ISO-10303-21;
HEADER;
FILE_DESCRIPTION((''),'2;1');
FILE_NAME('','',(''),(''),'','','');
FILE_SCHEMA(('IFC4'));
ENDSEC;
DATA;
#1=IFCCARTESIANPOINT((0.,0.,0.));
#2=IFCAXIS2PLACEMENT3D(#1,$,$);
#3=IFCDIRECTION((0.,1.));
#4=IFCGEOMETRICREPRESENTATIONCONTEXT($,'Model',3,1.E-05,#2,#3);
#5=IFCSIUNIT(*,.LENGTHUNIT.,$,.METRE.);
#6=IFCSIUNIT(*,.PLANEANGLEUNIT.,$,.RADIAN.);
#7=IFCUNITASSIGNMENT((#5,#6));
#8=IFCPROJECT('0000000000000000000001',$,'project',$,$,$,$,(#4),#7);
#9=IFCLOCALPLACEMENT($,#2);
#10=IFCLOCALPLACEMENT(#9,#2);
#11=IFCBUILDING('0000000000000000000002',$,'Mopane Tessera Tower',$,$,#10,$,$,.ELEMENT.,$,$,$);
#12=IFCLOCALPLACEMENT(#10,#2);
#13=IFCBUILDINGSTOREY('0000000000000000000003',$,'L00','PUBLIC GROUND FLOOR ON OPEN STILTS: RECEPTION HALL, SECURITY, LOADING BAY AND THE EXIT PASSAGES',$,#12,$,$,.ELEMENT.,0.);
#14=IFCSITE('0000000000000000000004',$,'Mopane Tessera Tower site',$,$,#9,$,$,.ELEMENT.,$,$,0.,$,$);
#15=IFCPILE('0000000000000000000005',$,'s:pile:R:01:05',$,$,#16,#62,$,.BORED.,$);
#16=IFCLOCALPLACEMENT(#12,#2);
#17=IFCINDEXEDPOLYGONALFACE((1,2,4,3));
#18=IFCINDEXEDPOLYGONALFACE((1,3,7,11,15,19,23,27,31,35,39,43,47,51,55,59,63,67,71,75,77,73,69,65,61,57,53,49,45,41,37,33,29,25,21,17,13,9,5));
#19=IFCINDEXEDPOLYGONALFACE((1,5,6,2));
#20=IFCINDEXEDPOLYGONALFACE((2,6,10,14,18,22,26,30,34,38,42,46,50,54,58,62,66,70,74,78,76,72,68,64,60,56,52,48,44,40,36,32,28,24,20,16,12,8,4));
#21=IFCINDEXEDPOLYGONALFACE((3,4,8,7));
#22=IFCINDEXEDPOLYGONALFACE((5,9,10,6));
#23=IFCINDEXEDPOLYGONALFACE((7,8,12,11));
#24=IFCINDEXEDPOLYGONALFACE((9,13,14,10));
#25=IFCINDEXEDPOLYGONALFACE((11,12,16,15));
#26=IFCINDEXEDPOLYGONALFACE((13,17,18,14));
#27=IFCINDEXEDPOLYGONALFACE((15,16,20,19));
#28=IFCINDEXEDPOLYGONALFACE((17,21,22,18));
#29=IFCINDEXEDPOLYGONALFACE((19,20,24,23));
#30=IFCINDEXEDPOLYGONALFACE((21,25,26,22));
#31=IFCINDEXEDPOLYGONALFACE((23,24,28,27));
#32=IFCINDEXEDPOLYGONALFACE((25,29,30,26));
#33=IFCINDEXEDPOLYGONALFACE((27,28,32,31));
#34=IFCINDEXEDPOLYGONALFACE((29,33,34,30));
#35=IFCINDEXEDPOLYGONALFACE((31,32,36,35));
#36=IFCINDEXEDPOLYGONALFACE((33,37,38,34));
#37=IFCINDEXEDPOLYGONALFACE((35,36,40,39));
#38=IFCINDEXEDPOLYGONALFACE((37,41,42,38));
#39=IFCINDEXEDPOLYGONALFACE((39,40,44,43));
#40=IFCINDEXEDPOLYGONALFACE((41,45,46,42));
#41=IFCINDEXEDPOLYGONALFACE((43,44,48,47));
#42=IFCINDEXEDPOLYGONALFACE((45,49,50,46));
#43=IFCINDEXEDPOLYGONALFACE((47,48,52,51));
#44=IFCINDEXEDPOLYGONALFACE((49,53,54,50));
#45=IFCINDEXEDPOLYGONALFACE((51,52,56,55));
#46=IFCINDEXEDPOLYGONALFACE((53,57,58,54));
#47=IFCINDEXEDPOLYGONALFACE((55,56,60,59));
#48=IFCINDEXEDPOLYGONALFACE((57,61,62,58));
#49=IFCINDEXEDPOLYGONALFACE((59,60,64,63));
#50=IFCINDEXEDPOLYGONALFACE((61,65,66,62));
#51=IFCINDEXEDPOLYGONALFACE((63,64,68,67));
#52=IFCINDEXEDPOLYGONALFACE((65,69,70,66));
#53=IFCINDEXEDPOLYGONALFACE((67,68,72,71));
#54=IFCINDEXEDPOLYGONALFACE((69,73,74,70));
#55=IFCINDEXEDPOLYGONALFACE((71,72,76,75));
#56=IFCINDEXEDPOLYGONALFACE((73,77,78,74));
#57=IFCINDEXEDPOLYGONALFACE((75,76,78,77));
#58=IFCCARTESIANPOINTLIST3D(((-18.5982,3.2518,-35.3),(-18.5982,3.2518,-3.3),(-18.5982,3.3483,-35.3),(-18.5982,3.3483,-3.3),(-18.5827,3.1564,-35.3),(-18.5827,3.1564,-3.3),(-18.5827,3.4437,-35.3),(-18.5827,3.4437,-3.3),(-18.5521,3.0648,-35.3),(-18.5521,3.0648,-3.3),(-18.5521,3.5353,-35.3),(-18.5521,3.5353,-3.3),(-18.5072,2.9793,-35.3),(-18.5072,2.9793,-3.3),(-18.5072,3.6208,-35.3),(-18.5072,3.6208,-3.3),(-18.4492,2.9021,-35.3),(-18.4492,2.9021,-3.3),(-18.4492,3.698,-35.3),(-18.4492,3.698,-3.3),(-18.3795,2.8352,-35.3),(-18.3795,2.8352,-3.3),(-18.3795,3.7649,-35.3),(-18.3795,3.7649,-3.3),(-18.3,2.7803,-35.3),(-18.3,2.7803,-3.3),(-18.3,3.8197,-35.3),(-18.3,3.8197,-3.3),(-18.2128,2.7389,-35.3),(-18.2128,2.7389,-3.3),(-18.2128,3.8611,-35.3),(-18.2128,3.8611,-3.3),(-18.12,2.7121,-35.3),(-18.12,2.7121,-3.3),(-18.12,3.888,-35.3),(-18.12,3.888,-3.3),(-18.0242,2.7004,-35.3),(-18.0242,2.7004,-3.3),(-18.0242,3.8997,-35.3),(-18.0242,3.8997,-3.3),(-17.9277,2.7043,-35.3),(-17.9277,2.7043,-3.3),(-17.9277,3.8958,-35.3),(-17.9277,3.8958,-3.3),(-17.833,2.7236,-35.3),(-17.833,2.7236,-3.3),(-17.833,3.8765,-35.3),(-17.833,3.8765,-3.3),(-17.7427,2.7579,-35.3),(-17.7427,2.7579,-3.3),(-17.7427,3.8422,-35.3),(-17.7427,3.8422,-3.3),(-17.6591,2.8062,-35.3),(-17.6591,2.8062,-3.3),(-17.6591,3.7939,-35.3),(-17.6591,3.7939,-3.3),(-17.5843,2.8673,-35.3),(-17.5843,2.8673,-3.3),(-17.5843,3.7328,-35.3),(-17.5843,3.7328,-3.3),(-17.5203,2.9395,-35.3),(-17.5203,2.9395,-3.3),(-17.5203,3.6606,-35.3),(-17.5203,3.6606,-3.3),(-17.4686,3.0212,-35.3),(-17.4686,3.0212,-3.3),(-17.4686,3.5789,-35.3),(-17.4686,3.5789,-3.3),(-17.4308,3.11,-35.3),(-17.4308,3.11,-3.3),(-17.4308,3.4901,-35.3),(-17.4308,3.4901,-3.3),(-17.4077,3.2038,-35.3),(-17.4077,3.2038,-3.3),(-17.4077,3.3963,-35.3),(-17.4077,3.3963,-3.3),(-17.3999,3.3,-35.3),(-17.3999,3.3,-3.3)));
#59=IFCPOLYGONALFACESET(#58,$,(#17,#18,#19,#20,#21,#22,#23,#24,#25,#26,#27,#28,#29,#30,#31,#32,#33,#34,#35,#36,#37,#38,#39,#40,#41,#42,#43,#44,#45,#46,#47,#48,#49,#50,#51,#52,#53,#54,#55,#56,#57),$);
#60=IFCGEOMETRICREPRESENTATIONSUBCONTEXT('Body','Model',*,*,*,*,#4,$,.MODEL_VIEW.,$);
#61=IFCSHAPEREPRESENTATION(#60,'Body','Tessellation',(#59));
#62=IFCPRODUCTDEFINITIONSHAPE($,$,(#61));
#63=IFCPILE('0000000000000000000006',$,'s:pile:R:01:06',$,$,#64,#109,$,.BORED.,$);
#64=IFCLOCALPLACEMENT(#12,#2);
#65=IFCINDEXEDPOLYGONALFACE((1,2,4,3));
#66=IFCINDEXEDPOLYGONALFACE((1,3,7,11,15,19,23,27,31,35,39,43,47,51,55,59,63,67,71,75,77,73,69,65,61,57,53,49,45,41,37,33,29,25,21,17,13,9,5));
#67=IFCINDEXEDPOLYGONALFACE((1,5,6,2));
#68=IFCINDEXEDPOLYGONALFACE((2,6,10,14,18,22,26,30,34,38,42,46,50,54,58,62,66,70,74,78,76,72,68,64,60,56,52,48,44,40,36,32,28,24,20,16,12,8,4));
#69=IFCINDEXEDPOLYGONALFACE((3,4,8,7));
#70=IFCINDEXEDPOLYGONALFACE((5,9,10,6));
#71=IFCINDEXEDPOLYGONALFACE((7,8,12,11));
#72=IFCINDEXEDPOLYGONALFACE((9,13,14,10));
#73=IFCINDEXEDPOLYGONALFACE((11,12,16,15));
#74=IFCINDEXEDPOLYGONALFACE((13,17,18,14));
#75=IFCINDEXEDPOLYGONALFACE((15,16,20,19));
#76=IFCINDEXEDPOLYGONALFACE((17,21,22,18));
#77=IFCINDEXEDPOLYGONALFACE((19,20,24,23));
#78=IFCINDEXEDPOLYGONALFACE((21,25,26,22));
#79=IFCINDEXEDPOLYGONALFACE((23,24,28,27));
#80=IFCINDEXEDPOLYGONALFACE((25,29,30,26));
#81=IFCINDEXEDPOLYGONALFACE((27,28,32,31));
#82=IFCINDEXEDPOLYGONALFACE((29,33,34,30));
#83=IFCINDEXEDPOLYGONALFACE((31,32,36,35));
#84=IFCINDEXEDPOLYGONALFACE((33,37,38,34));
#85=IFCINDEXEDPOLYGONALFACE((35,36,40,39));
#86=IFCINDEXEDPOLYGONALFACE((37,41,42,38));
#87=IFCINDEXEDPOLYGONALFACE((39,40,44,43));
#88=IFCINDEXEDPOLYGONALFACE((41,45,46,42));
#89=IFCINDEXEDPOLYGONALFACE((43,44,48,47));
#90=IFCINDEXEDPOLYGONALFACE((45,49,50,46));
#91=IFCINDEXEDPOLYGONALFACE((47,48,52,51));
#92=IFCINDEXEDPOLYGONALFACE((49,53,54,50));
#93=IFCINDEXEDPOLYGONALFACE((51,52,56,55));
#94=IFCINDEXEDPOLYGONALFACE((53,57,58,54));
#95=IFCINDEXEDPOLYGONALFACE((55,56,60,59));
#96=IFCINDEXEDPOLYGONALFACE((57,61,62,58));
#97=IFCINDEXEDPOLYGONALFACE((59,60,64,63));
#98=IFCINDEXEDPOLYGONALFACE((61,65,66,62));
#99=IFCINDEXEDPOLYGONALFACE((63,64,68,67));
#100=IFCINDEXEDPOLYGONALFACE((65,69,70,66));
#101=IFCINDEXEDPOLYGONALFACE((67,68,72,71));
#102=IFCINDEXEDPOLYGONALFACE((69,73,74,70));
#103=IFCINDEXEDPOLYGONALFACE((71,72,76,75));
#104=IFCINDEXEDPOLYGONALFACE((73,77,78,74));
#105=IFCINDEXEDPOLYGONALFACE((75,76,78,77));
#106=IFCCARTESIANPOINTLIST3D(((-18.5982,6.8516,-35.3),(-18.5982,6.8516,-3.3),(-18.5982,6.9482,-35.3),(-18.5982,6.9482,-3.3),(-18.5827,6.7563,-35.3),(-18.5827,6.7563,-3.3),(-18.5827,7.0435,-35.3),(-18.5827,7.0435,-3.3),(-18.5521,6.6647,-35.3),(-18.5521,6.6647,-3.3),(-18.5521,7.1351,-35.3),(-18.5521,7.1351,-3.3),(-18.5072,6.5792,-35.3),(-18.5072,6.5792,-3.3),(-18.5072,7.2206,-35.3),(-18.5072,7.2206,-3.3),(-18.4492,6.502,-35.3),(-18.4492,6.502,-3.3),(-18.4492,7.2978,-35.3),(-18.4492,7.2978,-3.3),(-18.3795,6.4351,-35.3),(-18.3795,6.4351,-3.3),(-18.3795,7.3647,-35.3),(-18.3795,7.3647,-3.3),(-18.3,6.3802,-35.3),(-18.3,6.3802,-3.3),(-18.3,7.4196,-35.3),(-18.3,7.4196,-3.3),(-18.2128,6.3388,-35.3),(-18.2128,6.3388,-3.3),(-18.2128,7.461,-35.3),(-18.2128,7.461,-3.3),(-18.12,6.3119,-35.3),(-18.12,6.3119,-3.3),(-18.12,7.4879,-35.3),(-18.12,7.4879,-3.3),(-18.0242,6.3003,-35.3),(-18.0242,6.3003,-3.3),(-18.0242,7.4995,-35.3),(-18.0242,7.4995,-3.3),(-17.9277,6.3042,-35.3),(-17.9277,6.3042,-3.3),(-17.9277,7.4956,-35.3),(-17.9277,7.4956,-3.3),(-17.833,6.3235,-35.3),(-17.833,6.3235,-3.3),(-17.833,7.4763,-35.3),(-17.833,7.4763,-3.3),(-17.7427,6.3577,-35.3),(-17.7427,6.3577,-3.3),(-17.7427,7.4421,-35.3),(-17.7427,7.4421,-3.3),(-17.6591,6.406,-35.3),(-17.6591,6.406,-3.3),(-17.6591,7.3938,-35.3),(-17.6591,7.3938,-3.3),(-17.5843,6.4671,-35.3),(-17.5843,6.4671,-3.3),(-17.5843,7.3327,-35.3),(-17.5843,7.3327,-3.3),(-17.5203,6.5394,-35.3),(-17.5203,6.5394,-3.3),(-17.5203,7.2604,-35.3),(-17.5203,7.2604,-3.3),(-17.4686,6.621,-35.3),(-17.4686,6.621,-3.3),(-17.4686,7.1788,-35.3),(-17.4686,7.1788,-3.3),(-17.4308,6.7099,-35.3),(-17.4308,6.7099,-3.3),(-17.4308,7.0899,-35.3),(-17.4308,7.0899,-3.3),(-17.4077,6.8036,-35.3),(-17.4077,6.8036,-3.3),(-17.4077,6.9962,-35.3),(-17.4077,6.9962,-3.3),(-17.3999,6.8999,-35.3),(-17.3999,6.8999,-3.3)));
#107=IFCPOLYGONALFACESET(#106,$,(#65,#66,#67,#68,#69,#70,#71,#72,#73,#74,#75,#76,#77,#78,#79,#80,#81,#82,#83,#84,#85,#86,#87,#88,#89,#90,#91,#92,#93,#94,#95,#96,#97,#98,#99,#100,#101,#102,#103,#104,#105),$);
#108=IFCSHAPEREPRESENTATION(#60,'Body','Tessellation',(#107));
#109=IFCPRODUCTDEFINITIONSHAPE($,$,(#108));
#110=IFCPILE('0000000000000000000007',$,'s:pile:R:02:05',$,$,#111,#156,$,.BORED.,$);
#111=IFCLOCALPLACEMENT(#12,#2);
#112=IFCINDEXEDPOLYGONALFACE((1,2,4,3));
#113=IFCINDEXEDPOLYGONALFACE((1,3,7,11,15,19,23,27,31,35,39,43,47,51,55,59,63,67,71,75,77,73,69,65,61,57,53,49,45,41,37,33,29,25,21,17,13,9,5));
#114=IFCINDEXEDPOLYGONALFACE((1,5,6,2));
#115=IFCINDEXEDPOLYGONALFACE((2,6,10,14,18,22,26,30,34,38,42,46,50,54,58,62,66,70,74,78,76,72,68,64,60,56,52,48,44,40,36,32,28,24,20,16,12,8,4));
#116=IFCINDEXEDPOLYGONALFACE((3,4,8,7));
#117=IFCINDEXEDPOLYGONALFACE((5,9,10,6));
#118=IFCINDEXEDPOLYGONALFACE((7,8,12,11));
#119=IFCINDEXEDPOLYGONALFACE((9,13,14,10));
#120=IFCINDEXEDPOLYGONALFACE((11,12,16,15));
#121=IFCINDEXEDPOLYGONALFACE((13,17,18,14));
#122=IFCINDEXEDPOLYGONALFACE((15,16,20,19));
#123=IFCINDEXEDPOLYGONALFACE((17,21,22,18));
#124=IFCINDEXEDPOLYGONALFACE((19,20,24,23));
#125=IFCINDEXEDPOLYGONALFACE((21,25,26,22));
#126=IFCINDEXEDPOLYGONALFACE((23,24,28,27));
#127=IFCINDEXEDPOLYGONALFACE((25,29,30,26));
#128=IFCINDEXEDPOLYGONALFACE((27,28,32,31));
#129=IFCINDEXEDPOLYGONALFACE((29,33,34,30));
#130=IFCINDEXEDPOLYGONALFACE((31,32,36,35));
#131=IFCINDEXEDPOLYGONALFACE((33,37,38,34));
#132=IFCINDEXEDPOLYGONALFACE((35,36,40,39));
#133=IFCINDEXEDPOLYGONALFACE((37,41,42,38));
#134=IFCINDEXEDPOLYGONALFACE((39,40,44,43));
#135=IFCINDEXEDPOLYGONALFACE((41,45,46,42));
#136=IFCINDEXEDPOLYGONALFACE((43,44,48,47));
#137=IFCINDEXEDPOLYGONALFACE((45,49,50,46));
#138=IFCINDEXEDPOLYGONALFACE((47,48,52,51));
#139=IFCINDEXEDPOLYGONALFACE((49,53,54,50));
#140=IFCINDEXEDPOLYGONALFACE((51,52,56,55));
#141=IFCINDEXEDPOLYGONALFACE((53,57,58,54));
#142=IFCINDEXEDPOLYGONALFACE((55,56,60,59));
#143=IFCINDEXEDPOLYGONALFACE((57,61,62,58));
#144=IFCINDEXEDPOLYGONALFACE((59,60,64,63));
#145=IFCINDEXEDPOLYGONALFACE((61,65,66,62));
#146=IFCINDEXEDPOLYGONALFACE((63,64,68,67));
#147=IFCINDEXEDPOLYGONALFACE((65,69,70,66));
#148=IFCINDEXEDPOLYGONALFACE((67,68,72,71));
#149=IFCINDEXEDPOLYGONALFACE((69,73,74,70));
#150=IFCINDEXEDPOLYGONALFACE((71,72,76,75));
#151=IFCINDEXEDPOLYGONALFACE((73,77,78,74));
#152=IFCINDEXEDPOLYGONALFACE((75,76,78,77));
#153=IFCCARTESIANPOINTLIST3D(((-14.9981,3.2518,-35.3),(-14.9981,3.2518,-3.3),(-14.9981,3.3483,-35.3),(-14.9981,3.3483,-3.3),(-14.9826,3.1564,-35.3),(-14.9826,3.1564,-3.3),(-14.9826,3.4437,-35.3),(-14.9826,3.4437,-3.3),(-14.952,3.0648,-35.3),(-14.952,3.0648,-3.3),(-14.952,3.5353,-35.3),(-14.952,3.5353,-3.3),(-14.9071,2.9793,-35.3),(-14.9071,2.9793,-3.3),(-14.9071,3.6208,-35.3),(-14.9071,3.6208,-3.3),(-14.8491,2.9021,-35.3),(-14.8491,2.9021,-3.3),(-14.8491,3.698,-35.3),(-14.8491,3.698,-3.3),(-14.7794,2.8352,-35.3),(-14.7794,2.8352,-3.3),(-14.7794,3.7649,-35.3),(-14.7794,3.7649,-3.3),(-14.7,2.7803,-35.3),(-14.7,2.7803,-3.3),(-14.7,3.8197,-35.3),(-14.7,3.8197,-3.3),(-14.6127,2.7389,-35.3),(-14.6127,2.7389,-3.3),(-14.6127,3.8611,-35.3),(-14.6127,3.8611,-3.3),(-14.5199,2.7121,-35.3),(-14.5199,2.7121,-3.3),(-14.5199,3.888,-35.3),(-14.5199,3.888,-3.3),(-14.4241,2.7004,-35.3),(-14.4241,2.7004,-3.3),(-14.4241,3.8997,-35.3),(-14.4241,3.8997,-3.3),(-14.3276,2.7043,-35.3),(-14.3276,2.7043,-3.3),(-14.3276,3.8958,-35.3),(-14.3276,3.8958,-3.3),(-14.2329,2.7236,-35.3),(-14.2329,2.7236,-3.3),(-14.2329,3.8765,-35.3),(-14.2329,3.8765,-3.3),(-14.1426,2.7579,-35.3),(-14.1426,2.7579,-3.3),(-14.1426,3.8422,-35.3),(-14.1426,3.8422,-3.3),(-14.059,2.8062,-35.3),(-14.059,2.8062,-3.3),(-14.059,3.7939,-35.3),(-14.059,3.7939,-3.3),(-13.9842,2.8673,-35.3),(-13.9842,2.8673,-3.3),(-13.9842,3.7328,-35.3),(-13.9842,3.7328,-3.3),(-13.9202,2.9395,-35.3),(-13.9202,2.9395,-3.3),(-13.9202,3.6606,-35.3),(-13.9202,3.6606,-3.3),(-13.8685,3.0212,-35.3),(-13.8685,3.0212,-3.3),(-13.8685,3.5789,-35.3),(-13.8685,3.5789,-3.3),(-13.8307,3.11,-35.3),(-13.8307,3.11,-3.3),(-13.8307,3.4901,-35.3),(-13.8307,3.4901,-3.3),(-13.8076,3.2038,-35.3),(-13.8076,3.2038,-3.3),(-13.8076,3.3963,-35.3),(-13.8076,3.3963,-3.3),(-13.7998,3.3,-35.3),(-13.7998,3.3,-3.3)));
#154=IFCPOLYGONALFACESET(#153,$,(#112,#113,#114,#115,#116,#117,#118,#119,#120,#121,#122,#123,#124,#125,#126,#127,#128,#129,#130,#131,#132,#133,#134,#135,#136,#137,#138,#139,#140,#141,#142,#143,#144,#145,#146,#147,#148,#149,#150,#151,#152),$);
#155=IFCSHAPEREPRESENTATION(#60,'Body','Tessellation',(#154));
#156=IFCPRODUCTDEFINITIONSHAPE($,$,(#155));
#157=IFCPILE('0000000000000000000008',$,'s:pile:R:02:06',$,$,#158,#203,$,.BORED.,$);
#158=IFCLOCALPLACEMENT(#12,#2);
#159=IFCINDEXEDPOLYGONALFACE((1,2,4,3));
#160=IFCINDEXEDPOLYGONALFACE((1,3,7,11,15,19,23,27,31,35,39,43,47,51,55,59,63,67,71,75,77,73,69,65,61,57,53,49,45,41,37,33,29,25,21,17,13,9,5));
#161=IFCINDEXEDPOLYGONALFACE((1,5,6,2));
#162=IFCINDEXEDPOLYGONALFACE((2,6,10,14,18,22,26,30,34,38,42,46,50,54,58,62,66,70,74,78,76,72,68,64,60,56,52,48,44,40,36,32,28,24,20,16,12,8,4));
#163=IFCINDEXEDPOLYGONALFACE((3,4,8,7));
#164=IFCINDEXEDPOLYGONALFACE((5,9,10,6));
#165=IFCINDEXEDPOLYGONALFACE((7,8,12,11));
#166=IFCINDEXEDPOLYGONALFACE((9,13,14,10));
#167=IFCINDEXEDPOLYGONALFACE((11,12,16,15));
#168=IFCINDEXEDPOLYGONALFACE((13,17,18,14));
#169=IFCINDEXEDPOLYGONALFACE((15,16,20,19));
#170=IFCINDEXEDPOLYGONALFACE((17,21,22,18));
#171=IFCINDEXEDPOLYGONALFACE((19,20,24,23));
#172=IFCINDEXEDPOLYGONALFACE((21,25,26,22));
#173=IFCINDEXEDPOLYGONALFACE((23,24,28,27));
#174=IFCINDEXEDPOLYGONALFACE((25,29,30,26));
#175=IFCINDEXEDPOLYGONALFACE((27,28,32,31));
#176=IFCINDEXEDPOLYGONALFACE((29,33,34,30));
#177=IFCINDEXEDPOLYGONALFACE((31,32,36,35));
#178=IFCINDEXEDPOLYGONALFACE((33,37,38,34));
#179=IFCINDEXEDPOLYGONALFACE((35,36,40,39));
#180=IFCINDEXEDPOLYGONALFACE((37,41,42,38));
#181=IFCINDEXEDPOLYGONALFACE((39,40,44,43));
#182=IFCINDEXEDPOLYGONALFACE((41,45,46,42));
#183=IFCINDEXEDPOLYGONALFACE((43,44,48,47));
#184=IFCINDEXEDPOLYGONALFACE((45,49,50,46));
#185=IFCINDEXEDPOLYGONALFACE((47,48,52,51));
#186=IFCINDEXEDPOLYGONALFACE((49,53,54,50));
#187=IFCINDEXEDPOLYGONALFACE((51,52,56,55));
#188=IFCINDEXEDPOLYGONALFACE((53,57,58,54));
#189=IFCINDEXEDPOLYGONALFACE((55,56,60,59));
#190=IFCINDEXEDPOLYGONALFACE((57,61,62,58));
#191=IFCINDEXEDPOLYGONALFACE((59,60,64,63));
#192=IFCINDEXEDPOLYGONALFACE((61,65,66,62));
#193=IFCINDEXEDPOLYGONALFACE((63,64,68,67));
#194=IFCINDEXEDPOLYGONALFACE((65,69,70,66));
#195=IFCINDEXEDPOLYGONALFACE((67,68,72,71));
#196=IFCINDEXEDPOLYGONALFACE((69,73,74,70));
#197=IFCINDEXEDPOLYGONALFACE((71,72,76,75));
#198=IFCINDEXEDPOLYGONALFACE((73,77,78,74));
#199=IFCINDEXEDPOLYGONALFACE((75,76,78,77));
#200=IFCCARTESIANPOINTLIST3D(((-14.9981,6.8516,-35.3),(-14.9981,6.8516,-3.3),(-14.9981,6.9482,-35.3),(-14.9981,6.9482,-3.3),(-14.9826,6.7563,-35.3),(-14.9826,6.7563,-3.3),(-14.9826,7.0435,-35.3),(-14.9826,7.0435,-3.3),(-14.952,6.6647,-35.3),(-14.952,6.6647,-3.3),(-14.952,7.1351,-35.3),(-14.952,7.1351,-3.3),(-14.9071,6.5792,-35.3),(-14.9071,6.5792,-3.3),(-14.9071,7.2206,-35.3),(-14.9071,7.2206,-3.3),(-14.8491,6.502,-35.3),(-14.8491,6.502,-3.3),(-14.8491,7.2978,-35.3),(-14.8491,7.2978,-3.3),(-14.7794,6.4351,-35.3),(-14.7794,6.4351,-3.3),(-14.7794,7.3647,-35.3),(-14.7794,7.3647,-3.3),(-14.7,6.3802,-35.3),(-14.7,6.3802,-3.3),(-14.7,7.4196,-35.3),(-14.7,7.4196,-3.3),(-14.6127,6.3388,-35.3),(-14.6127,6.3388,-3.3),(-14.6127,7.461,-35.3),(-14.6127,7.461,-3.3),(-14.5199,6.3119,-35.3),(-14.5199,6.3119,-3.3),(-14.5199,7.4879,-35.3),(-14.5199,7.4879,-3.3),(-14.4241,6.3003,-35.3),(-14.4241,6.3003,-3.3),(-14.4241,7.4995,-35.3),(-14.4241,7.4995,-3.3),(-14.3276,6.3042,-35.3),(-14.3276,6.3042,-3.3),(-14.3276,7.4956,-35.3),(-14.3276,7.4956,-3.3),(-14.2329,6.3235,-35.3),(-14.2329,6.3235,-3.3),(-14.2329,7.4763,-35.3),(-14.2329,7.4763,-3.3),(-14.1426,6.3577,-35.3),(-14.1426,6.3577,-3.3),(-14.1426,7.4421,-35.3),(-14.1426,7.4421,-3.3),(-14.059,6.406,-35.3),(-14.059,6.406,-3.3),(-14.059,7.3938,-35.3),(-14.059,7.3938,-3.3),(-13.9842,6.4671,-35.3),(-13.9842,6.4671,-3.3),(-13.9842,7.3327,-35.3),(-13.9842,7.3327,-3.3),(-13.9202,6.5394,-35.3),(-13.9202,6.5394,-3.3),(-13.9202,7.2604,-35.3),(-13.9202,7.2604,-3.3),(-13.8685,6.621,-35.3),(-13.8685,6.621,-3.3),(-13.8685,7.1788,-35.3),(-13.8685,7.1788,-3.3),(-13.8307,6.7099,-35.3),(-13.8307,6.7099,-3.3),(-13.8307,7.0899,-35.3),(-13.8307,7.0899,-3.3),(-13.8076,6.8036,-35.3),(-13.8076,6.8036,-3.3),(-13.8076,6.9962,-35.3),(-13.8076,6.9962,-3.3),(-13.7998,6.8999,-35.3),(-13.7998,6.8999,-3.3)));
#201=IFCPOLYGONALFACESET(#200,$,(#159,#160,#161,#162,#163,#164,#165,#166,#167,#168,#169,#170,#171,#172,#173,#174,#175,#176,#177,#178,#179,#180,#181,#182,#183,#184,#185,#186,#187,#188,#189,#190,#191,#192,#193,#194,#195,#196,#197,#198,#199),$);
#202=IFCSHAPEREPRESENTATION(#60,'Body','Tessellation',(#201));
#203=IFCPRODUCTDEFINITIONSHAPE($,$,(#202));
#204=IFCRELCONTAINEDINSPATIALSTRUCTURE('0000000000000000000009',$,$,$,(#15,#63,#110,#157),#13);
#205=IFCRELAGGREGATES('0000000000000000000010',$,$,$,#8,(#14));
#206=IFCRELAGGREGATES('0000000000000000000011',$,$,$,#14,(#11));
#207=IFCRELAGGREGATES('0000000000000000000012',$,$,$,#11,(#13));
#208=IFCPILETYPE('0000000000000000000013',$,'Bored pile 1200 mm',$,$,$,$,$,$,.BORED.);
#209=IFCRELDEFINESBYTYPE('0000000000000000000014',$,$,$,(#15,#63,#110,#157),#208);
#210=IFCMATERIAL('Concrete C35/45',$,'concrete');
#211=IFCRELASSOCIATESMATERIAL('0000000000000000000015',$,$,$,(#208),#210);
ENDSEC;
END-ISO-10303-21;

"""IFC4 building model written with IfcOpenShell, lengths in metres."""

from ifc_helpers import new_model, si_unit, direction, frame, origin, origin_2d, place, context, subcontext, project, spatial, circle, extrude, material, material_profile, profile_set, type_object, element, save


model = new_model("IFC4")

# Units and contexts
model_context = context("Model", 3, precision=1e-05, world=origin(), true_north=direction((0.0, 1.0)))
body_context = subcontext(model_context, "Body", "Model", "MODEL_VIEW")
ifc_project = project(units=[si_unit("LENGTHUNIT", "METRE"), si_unit("PLANEANGLEUNIT", "RADIAN")], contexts=[model_context])

# Site, building, storey
site_placement = place(None, origin())
site = spatial("IfcSite", under=ifc_project, at=site_placement, Name="Mopane Tessera Tower site", CompositionType="ELEMENT", RefElevation=0.0)
building_placement = place(site_placement, origin())
building = spatial("IfcBuilding", under=site, at=building_placement, Name="Mopane Tessera Tower", CompositionType="ELEMENT")
storey_placement = place(building_placement, origin())
storey = spatial("IfcBuildingStorey", under=building, at=storey_placement, Name="L00", Description="PUBLIC GROUND FLOOR ON OPEN STILTS: RECEPTION HALL, SECURITY, LOADING BAY AND THE EXIT PASSAGES", CompositionType="ELEMENT", Elevation=0.0)

# Piles
ifc_material_1 = material(Name="Concrete C35/45", Category="concrete")
ifc_material_profile = material_profile(ifc_material_1, circle(Radius=0.6001, at=origin_2d()))
ifc_profile_set = profile_set([ifc_material_profile], Name="Concrete C35/45")
pile_type = type_object("IfcPileType", Name="Bored pile 1200 mm", PredefinedType="BORED", material=ifc_profile_set)
for number, where, z_axis, x_axis, name in (
    (1, (-18.0, 3.3, -3.3), (0.0, 0.0, -1.0), (1.0, 0.0, 0.0), "s:pile:R:01:05"),
    (2, (-18.0, 6.8999, -3.3), (0.0, 0.0, -1.0), (1.0, 0.0, 0.0), "s:pile:R:01:06"),
    (3, (-14.3999, 3.3, -3.3), (0.0, 0.0, -1.0), (1.0, 0.0, 0.0), "s:pile:R:02:05"),
    (4, (-14.3999, 6.8999, -3.3), (0.0, 0.0, -1.0), (1.0, 0.0, 0.0), "s:pile:R:02:06"),
):
    element("IfcPile", number, at=place(storey_placement, frame(where, z_axis=z_axis, x_axis=x_axis)), inside=storey, type_object=pile_type, Name=name, PredefinedType="BORED", context=body_context, shape_type="SweptSolid", body=[
        extrude(circle(Radius=0.6001, at=origin_2d()), origin(), (0.0, 0.0, 1.0), 32.0),
    ])

save(model, "model.ifc")
